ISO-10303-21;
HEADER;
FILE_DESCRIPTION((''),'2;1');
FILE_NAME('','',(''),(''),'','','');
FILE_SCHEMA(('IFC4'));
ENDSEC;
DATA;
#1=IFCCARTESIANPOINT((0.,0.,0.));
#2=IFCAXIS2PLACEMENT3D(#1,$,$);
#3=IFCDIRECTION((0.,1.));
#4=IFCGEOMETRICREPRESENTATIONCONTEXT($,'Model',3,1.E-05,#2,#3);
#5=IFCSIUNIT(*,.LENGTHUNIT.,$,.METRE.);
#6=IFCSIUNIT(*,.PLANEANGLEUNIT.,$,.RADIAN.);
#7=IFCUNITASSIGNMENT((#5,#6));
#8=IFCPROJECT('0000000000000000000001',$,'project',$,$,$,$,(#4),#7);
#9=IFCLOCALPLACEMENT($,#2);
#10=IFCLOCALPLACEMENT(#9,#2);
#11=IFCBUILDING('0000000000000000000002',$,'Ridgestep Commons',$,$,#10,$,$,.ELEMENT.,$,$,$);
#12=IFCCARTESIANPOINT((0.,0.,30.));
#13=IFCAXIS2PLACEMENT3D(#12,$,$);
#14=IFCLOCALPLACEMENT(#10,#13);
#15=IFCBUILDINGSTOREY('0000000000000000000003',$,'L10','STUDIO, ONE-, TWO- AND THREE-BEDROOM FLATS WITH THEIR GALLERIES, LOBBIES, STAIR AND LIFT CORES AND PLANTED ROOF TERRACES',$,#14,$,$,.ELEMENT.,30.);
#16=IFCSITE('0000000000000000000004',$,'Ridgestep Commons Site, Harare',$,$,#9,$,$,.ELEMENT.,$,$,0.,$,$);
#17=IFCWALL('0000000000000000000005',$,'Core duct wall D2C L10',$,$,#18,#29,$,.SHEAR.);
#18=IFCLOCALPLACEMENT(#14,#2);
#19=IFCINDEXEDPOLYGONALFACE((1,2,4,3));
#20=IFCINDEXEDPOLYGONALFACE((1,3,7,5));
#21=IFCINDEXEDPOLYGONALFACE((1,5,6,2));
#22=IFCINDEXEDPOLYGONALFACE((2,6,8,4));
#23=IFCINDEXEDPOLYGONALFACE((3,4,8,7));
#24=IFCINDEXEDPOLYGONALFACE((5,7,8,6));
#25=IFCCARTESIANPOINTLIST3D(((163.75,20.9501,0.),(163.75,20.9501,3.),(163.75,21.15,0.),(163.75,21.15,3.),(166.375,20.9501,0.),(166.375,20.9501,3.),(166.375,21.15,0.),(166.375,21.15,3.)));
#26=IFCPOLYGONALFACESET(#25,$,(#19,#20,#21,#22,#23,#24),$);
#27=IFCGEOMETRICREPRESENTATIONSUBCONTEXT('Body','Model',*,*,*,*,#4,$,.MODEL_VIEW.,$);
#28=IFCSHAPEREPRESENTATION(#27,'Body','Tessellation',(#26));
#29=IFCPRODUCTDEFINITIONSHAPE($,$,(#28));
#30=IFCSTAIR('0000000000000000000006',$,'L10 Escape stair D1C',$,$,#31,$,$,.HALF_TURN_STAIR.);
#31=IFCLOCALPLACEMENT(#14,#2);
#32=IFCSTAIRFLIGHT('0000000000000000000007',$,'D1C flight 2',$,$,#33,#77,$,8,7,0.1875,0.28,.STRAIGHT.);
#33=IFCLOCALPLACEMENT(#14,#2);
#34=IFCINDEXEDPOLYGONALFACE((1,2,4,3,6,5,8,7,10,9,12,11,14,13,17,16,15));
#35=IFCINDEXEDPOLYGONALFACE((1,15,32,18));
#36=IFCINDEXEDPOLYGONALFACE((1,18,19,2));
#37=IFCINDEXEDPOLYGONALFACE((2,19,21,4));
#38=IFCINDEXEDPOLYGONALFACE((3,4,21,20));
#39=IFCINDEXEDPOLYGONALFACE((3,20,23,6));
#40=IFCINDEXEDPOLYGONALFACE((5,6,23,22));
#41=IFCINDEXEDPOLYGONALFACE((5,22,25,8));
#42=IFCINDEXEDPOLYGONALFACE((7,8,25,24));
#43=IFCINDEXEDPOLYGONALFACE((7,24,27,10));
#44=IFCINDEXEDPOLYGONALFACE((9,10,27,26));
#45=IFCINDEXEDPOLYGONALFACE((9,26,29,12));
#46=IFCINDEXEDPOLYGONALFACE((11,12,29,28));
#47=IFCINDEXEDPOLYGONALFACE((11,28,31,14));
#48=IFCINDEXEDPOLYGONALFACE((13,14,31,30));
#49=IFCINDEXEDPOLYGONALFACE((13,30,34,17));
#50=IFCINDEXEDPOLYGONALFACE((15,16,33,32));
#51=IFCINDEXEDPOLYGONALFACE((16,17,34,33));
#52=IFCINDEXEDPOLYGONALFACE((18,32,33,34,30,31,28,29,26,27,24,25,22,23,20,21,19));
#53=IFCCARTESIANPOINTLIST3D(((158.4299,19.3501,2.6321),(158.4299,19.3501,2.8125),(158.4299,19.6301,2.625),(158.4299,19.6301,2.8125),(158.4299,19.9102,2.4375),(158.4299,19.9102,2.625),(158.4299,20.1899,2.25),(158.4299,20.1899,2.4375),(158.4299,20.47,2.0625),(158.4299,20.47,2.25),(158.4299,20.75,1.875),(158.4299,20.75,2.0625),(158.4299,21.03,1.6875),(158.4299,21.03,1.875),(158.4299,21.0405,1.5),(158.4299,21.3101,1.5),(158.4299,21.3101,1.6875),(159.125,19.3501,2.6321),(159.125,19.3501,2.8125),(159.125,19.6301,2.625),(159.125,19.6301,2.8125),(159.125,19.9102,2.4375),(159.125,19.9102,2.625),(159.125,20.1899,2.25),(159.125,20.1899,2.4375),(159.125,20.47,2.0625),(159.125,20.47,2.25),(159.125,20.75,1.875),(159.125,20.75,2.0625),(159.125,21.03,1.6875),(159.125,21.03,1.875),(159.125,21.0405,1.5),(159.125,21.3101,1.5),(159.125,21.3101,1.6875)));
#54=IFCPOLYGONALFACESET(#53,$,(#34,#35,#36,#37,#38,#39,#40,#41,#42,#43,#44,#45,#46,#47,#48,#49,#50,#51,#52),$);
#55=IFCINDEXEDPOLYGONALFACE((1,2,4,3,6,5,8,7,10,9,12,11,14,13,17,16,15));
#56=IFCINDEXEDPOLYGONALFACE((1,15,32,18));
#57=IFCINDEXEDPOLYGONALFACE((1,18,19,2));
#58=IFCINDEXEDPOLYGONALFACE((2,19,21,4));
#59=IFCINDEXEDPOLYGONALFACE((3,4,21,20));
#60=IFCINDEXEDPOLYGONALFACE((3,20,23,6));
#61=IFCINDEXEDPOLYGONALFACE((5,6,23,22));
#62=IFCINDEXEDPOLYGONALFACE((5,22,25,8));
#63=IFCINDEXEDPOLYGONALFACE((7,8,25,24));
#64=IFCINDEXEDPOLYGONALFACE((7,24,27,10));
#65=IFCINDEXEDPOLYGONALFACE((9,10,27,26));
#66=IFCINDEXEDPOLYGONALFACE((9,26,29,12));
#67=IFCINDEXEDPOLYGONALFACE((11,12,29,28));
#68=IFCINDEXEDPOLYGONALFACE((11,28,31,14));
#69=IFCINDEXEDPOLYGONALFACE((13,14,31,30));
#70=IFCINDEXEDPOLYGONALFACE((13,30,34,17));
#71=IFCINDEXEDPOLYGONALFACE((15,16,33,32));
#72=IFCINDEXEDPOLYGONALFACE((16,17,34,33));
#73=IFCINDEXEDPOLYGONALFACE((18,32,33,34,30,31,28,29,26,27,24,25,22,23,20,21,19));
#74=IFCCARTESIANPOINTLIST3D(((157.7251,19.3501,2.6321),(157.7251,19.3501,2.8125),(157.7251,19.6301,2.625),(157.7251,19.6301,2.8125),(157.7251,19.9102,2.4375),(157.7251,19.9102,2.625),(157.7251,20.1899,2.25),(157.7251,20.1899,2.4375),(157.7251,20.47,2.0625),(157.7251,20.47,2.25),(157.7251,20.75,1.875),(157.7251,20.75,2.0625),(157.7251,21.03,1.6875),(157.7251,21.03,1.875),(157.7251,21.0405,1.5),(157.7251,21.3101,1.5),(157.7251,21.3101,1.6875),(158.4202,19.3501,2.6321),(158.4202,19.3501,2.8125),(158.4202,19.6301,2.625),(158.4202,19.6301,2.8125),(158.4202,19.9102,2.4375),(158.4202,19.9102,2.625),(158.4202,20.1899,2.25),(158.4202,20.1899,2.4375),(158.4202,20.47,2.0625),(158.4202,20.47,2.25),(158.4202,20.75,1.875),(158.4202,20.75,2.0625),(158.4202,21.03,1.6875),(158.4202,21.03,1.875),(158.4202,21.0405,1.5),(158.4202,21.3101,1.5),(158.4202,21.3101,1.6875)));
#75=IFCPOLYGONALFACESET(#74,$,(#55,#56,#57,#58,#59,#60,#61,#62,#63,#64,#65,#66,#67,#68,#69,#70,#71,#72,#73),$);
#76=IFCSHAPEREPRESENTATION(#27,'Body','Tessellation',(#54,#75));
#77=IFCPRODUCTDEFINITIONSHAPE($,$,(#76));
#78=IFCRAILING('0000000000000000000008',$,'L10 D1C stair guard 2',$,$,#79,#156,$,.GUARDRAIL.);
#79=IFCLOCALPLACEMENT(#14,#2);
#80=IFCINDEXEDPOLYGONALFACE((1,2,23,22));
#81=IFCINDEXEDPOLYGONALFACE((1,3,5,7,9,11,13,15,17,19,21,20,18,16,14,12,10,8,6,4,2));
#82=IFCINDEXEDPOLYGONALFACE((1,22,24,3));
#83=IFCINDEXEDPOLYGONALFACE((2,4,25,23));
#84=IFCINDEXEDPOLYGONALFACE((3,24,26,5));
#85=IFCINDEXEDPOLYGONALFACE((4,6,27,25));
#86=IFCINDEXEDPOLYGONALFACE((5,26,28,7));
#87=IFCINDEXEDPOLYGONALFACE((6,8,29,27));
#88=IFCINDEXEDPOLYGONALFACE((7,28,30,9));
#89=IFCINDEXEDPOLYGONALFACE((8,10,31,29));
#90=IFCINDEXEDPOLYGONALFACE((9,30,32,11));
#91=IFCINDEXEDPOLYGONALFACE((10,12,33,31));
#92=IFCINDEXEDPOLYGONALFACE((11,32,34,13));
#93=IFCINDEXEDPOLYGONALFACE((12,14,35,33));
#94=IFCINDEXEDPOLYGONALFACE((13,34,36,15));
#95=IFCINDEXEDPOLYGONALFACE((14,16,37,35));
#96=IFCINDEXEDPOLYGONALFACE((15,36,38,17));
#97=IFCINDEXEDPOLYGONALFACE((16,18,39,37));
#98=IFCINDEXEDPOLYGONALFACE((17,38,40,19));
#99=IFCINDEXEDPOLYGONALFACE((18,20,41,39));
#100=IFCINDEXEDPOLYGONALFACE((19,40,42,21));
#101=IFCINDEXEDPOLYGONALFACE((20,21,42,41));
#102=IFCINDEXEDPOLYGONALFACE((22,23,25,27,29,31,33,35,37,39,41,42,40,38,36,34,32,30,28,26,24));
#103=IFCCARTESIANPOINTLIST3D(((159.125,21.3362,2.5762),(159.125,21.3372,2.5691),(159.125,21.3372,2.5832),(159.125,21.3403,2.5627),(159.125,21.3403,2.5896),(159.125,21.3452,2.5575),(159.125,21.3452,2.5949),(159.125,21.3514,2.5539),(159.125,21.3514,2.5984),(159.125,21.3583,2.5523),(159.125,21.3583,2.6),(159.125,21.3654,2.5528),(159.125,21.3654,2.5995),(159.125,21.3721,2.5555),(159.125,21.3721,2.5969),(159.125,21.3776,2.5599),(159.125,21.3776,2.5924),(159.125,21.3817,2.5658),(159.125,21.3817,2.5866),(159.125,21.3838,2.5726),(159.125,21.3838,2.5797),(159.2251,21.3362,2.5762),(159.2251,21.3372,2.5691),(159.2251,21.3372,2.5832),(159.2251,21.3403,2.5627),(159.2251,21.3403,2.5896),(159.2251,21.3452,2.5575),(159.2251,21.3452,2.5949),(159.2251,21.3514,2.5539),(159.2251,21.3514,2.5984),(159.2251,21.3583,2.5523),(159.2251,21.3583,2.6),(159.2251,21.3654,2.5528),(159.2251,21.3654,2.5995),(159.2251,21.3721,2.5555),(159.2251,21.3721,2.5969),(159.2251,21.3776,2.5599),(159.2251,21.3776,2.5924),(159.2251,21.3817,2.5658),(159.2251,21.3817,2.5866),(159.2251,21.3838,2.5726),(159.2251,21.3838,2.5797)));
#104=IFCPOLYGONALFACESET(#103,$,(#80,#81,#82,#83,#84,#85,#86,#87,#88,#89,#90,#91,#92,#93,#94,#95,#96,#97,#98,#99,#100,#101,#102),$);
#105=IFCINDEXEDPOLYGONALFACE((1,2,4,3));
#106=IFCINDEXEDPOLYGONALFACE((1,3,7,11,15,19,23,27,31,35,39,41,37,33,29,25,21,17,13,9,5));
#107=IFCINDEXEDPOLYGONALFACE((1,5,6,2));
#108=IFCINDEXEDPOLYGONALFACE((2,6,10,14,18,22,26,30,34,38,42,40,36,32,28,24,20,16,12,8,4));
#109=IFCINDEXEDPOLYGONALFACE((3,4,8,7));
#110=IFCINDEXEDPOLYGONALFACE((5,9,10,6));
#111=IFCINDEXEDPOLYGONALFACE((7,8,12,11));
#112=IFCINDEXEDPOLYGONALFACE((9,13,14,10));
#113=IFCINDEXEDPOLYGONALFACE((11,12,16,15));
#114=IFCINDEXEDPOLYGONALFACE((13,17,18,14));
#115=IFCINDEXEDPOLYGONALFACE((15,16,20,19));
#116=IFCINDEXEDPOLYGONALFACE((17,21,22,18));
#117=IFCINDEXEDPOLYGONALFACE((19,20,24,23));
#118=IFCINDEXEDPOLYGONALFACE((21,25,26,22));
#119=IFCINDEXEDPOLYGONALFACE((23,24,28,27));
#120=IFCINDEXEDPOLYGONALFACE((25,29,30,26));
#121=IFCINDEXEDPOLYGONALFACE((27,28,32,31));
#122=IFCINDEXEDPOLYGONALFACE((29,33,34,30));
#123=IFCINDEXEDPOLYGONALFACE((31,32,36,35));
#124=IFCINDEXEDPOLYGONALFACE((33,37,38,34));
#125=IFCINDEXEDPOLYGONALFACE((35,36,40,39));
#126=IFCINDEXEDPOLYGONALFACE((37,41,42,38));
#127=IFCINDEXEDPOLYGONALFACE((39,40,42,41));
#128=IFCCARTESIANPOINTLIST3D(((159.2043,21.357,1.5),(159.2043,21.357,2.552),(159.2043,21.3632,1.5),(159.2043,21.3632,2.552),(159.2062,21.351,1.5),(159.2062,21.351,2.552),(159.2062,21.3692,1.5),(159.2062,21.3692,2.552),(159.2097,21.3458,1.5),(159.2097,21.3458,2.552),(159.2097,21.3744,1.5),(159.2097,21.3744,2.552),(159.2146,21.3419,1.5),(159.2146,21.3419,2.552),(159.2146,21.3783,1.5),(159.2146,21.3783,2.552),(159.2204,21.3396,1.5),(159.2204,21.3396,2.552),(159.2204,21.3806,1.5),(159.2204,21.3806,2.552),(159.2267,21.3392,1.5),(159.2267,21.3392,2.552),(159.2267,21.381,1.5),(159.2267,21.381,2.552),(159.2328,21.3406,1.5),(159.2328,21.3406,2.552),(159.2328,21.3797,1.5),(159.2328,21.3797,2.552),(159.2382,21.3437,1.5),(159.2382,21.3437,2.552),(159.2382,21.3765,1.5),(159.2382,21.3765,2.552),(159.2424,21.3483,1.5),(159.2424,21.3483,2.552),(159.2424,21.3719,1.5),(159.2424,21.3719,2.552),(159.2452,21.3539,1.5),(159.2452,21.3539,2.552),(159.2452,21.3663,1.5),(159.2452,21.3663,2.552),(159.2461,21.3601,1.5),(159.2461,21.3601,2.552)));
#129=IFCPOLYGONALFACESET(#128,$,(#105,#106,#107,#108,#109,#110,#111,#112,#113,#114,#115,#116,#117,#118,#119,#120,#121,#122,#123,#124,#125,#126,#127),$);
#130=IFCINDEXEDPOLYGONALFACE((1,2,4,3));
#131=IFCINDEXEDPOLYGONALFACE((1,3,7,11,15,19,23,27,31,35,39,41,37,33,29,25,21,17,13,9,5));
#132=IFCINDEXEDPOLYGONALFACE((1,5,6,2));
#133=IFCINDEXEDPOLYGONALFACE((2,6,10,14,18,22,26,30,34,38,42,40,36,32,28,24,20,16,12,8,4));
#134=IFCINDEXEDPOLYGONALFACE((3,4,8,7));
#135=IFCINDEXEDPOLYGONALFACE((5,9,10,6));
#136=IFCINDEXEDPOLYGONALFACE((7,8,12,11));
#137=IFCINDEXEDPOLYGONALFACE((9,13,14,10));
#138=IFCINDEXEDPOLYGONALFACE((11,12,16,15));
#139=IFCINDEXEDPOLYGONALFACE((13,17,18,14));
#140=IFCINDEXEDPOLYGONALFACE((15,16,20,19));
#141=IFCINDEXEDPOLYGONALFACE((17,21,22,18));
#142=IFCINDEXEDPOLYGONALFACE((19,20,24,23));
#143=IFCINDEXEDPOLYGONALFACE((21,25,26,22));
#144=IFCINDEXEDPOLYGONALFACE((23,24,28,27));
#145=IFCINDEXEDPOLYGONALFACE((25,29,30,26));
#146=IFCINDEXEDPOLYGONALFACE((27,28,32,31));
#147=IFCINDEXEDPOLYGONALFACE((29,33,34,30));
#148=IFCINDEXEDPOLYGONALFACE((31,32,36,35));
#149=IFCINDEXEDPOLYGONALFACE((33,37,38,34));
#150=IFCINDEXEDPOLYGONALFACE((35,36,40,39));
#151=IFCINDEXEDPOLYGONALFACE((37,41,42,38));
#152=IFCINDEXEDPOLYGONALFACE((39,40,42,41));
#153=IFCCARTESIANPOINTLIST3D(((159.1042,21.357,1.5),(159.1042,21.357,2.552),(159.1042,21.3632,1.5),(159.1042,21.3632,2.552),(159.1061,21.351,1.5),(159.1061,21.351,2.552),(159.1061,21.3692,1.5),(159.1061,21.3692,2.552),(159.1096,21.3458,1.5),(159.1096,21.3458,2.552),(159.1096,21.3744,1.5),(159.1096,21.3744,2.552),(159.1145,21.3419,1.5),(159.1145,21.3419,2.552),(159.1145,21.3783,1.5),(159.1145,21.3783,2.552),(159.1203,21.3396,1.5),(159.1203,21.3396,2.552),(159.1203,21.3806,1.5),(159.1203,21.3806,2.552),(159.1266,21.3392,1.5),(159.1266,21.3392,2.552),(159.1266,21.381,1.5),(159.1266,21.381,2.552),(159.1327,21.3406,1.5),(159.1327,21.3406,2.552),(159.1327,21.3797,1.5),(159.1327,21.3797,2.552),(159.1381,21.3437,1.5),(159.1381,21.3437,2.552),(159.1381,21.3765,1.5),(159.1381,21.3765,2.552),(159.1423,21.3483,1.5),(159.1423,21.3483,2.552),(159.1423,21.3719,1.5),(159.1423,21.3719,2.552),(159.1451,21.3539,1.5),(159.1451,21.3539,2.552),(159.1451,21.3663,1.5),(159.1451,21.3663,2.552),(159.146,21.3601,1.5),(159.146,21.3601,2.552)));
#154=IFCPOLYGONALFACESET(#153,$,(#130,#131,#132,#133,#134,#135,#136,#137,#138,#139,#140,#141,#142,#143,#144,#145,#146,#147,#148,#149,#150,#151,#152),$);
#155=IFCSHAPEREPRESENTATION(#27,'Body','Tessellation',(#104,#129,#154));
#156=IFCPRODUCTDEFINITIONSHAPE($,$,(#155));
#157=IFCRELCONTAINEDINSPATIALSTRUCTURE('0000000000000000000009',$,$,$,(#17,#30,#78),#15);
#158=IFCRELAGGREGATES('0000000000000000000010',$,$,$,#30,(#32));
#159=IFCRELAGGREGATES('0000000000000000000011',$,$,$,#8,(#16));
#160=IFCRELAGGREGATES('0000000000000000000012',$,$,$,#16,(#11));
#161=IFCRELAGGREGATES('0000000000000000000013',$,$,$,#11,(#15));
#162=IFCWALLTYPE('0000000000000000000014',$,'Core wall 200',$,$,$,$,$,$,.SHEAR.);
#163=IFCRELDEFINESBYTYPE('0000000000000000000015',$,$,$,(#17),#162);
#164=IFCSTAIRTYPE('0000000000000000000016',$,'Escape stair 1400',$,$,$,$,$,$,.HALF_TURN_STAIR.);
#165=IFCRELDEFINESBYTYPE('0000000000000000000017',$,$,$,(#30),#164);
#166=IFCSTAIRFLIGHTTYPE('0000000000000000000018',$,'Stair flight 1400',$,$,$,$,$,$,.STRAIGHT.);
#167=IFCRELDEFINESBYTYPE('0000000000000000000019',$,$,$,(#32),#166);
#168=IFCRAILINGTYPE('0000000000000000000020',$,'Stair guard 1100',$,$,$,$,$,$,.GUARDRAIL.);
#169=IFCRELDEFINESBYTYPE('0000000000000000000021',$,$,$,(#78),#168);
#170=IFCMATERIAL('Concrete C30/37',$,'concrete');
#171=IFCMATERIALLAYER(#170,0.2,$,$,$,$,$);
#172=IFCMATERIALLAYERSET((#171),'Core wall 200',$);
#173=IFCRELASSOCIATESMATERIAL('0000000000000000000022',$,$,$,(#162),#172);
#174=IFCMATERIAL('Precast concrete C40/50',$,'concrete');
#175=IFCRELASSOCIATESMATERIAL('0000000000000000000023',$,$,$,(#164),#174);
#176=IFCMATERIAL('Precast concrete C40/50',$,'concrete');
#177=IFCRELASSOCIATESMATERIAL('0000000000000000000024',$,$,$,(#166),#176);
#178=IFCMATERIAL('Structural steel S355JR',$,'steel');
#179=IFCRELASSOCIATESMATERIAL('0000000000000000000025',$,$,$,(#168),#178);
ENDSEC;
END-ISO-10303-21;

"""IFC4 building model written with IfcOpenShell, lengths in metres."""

from ifc_helpers import new_model, si_unit, direction, frame, frame_2d, origin, origin_2d, place, context, subcontext, project, spatial, polyline, rectangle, circle, outline, extrude, material, layer, layer_set, type_object, element, aggregate, save


model = new_model("IFC4")

# Units and contexts
model_context = context("Model", 3, precision=1e-05, world=origin(), true_north=direction((0.0, 1.0)))
body_context = subcontext(model_context, "Body", "Model", "MODEL_VIEW")
ifc_project = project(units=[si_unit("LENGTHUNIT", "METRE"), si_unit("PLANEANGLEUNIT", "RADIAN")], contexts=[model_context])

# Site, building, storey
site_placement = place(None, origin())
site = spatial("IfcSite", under=ifc_project, at=site_placement, Name="Ridgestep Commons Site, Harare", CompositionType="ELEMENT", RefElevation=0.0)
building_placement = place(site_placement, origin())
building = spatial("IfcBuilding", under=site, at=building_placement, Name="Ridgestep Commons", CompositionType="ELEMENT")
storey_placement = place(building_placement, frame((0.0, 0.0, 30.0)))
storey = spatial("IfcBuildingStorey", under=building, at=storey_placement, Name="L10", Description="STUDIO, ONE-, TWO- AND THREE-BEDROOM FLATS WITH THEIR GALLERIES, LOBBIES, STAIR AND LIFT CORES AND PLANTED ROOF TERRACES", CompositionType="ELEMENT", Elevation=30.0)

# Wall
ifc_material_1 = material(Name="Concrete C30/37", Category="concrete")
ifc_layer_1 = layer(ifc_material_1, 0.2)
ifc_layer_set_1 = layer_set([ifc_layer_1], Name="Core wall 200")
wall_type = type_object("IfcWallType", Name="Core wall 200", PredefinedType="SHEAR", material=ifc_layer_set_1)
for number, where, z_axis, x_axis, name in (
    (1, (163.75, 21.05, 0.0), (0.0, 0.0, 1.0), (1.0, 0.0, 0.0), "Core duct wall D2C L10"),
):
    element("IfcWall", number, at=place(storey_placement, frame(where, z_axis=z_axis, x_axis=x_axis)), inside=storey, type_object=wall_type, Name=name, PredefinedType="SHEAR", context=body_context, shape_type="SweptSolid", body=[
        extrude(rectangle(XDim=2.625, YDim=0.2, at=frame_2d((1.3125, 0.0))), origin(), (0.0, 0.0, 1.0), 3.0),
    ])

# Stair, stair flight
ifc_material_2 = material(Name="Precast concrete C40/50", Category="concrete")
stair_type = type_object("IfcStairType", Name="Escape stair 1400", PredefinedType="HALF_TURN_STAIR", material=ifc_material_2)
stair_placement = place(storey_placement, origin())
stair = element("IfcStair", 2, at=stair_placement, inside=storey, type_object=stair_type, Name="L10 Escape stair D1C", PredefinedType="HALF_TURN_STAIR")
ifc_material_3 = material(Name="Precast concrete C40/50", Category="concrete")
stair_flight_type = type_object("IfcStairFlightType", Name="Stair flight 1400", PredefinedType="STRAIGHT", material=ifc_material_3)
stair_flight_placement = place(storey_placement, frame((158.425, 21.3101, 1.5), z_axis=(0.0, 0.0, 1.0), x_axis=(0.0, -1.0, 0.0)))
stair_flight = element("IfcStairFlight", 3, at=stair_flight_placement, type_object=stair_flight_type, Name="D1C flight 2", NumberOfRisers=8, NumberOfTreads=7, PredefinedType="STRAIGHT", RiserHeight=0.1875, TreadLength=0.28, context=body_context, shape_type="SweptSolid", body=[
    extrude(outline(polyline([(0.0, 0.0), (0.0, 0.1875), (0.28, 0.1875), (0.28, 0.375), (0.5601, 0.375), (0.5601, 0.5625), (0.8401, 0.5625), (0.8401, 0.75), (1.1201, 0.75), (1.1201, 0.9375), (1.3999, 0.9375), (1.3999, 1.125), (1.6799, 1.125), (1.6799, 1.3125), (1.96, 1.3125), (1.96, 1.5), (1.96, 1.1321), (0.2695, 0.0), (0.0, 0.0)])), frame((0.0, 0.7, 0.0), z_axis=(0.0, -1.0, 0.0), x_axis=(1.0, 0.0, 0.0)), (0.0, 0.0, 1.0), 0.6951),
    extrude(outline(polyline([(0.0, 0.0), (0.0, 0.1875), (0.28, 0.1875), (0.28, 0.375), (0.5601, 0.375), (0.5601, 0.5625), (0.8401, 0.5625), (0.8401, 0.75), (1.1201, 0.75), (1.1201, 0.9375), (1.3999, 0.9375), (1.3999, 1.125), (1.6799, 1.125), (1.6799, 1.3125), (1.96, 1.3125), (1.96, 1.5), (1.96, 1.1321), (0.2695, 0.0), (0.0, 0.0)])), frame((0.0, -0.0049, 0.0), z_axis=(0.0, -1.0, 0.0), x_axis=(1.0, 0.0, 0.0)), (0.0, 0.0, 1.0), 0.6951),
])
aggregate(stair, [stair_flight])

# Railing
ifc_material_4 = material(Name="Structural steel S355JR", Category="steel")
railing_type_1 = type_object("IfcRailingType", Name="Stair guard 1100", PredefinedType="GUARDRAIL", material=ifc_material_4)
railing_1_placement = place(storey_placement, frame((159.2251, 21.3601, 1.5)))
element("IfcRailing", 4, at=railing_1_placement, inside=storey, type_object=railing_type_1, Name="L10 D1C stair guard 2", PredefinedType="GUARDRAIL", context=body_context, shape_type="SweptSolid", body=[
    extrude(circle(Radius=0.0239, at=origin_2d()), frame((0.0, 0.0, 1.0762), z_axis=(-1.0, 0.0, 0.0), x_axis=(0.0, -1.0, 0.0)), (0.0, 0.0, 1.0), 0.1001),
    extrude(circle(Radius=0.021, at=origin_2d()), origin(), (0.0, 0.0, 1.0), 1.052),
    extrude(circle(Radius=0.021, at=origin_2d()), frame((-0.1001, 0.0, 0.0)), (0.0, 0.0, 1.0), 1.052),
])

save(model, "model.ifc")
